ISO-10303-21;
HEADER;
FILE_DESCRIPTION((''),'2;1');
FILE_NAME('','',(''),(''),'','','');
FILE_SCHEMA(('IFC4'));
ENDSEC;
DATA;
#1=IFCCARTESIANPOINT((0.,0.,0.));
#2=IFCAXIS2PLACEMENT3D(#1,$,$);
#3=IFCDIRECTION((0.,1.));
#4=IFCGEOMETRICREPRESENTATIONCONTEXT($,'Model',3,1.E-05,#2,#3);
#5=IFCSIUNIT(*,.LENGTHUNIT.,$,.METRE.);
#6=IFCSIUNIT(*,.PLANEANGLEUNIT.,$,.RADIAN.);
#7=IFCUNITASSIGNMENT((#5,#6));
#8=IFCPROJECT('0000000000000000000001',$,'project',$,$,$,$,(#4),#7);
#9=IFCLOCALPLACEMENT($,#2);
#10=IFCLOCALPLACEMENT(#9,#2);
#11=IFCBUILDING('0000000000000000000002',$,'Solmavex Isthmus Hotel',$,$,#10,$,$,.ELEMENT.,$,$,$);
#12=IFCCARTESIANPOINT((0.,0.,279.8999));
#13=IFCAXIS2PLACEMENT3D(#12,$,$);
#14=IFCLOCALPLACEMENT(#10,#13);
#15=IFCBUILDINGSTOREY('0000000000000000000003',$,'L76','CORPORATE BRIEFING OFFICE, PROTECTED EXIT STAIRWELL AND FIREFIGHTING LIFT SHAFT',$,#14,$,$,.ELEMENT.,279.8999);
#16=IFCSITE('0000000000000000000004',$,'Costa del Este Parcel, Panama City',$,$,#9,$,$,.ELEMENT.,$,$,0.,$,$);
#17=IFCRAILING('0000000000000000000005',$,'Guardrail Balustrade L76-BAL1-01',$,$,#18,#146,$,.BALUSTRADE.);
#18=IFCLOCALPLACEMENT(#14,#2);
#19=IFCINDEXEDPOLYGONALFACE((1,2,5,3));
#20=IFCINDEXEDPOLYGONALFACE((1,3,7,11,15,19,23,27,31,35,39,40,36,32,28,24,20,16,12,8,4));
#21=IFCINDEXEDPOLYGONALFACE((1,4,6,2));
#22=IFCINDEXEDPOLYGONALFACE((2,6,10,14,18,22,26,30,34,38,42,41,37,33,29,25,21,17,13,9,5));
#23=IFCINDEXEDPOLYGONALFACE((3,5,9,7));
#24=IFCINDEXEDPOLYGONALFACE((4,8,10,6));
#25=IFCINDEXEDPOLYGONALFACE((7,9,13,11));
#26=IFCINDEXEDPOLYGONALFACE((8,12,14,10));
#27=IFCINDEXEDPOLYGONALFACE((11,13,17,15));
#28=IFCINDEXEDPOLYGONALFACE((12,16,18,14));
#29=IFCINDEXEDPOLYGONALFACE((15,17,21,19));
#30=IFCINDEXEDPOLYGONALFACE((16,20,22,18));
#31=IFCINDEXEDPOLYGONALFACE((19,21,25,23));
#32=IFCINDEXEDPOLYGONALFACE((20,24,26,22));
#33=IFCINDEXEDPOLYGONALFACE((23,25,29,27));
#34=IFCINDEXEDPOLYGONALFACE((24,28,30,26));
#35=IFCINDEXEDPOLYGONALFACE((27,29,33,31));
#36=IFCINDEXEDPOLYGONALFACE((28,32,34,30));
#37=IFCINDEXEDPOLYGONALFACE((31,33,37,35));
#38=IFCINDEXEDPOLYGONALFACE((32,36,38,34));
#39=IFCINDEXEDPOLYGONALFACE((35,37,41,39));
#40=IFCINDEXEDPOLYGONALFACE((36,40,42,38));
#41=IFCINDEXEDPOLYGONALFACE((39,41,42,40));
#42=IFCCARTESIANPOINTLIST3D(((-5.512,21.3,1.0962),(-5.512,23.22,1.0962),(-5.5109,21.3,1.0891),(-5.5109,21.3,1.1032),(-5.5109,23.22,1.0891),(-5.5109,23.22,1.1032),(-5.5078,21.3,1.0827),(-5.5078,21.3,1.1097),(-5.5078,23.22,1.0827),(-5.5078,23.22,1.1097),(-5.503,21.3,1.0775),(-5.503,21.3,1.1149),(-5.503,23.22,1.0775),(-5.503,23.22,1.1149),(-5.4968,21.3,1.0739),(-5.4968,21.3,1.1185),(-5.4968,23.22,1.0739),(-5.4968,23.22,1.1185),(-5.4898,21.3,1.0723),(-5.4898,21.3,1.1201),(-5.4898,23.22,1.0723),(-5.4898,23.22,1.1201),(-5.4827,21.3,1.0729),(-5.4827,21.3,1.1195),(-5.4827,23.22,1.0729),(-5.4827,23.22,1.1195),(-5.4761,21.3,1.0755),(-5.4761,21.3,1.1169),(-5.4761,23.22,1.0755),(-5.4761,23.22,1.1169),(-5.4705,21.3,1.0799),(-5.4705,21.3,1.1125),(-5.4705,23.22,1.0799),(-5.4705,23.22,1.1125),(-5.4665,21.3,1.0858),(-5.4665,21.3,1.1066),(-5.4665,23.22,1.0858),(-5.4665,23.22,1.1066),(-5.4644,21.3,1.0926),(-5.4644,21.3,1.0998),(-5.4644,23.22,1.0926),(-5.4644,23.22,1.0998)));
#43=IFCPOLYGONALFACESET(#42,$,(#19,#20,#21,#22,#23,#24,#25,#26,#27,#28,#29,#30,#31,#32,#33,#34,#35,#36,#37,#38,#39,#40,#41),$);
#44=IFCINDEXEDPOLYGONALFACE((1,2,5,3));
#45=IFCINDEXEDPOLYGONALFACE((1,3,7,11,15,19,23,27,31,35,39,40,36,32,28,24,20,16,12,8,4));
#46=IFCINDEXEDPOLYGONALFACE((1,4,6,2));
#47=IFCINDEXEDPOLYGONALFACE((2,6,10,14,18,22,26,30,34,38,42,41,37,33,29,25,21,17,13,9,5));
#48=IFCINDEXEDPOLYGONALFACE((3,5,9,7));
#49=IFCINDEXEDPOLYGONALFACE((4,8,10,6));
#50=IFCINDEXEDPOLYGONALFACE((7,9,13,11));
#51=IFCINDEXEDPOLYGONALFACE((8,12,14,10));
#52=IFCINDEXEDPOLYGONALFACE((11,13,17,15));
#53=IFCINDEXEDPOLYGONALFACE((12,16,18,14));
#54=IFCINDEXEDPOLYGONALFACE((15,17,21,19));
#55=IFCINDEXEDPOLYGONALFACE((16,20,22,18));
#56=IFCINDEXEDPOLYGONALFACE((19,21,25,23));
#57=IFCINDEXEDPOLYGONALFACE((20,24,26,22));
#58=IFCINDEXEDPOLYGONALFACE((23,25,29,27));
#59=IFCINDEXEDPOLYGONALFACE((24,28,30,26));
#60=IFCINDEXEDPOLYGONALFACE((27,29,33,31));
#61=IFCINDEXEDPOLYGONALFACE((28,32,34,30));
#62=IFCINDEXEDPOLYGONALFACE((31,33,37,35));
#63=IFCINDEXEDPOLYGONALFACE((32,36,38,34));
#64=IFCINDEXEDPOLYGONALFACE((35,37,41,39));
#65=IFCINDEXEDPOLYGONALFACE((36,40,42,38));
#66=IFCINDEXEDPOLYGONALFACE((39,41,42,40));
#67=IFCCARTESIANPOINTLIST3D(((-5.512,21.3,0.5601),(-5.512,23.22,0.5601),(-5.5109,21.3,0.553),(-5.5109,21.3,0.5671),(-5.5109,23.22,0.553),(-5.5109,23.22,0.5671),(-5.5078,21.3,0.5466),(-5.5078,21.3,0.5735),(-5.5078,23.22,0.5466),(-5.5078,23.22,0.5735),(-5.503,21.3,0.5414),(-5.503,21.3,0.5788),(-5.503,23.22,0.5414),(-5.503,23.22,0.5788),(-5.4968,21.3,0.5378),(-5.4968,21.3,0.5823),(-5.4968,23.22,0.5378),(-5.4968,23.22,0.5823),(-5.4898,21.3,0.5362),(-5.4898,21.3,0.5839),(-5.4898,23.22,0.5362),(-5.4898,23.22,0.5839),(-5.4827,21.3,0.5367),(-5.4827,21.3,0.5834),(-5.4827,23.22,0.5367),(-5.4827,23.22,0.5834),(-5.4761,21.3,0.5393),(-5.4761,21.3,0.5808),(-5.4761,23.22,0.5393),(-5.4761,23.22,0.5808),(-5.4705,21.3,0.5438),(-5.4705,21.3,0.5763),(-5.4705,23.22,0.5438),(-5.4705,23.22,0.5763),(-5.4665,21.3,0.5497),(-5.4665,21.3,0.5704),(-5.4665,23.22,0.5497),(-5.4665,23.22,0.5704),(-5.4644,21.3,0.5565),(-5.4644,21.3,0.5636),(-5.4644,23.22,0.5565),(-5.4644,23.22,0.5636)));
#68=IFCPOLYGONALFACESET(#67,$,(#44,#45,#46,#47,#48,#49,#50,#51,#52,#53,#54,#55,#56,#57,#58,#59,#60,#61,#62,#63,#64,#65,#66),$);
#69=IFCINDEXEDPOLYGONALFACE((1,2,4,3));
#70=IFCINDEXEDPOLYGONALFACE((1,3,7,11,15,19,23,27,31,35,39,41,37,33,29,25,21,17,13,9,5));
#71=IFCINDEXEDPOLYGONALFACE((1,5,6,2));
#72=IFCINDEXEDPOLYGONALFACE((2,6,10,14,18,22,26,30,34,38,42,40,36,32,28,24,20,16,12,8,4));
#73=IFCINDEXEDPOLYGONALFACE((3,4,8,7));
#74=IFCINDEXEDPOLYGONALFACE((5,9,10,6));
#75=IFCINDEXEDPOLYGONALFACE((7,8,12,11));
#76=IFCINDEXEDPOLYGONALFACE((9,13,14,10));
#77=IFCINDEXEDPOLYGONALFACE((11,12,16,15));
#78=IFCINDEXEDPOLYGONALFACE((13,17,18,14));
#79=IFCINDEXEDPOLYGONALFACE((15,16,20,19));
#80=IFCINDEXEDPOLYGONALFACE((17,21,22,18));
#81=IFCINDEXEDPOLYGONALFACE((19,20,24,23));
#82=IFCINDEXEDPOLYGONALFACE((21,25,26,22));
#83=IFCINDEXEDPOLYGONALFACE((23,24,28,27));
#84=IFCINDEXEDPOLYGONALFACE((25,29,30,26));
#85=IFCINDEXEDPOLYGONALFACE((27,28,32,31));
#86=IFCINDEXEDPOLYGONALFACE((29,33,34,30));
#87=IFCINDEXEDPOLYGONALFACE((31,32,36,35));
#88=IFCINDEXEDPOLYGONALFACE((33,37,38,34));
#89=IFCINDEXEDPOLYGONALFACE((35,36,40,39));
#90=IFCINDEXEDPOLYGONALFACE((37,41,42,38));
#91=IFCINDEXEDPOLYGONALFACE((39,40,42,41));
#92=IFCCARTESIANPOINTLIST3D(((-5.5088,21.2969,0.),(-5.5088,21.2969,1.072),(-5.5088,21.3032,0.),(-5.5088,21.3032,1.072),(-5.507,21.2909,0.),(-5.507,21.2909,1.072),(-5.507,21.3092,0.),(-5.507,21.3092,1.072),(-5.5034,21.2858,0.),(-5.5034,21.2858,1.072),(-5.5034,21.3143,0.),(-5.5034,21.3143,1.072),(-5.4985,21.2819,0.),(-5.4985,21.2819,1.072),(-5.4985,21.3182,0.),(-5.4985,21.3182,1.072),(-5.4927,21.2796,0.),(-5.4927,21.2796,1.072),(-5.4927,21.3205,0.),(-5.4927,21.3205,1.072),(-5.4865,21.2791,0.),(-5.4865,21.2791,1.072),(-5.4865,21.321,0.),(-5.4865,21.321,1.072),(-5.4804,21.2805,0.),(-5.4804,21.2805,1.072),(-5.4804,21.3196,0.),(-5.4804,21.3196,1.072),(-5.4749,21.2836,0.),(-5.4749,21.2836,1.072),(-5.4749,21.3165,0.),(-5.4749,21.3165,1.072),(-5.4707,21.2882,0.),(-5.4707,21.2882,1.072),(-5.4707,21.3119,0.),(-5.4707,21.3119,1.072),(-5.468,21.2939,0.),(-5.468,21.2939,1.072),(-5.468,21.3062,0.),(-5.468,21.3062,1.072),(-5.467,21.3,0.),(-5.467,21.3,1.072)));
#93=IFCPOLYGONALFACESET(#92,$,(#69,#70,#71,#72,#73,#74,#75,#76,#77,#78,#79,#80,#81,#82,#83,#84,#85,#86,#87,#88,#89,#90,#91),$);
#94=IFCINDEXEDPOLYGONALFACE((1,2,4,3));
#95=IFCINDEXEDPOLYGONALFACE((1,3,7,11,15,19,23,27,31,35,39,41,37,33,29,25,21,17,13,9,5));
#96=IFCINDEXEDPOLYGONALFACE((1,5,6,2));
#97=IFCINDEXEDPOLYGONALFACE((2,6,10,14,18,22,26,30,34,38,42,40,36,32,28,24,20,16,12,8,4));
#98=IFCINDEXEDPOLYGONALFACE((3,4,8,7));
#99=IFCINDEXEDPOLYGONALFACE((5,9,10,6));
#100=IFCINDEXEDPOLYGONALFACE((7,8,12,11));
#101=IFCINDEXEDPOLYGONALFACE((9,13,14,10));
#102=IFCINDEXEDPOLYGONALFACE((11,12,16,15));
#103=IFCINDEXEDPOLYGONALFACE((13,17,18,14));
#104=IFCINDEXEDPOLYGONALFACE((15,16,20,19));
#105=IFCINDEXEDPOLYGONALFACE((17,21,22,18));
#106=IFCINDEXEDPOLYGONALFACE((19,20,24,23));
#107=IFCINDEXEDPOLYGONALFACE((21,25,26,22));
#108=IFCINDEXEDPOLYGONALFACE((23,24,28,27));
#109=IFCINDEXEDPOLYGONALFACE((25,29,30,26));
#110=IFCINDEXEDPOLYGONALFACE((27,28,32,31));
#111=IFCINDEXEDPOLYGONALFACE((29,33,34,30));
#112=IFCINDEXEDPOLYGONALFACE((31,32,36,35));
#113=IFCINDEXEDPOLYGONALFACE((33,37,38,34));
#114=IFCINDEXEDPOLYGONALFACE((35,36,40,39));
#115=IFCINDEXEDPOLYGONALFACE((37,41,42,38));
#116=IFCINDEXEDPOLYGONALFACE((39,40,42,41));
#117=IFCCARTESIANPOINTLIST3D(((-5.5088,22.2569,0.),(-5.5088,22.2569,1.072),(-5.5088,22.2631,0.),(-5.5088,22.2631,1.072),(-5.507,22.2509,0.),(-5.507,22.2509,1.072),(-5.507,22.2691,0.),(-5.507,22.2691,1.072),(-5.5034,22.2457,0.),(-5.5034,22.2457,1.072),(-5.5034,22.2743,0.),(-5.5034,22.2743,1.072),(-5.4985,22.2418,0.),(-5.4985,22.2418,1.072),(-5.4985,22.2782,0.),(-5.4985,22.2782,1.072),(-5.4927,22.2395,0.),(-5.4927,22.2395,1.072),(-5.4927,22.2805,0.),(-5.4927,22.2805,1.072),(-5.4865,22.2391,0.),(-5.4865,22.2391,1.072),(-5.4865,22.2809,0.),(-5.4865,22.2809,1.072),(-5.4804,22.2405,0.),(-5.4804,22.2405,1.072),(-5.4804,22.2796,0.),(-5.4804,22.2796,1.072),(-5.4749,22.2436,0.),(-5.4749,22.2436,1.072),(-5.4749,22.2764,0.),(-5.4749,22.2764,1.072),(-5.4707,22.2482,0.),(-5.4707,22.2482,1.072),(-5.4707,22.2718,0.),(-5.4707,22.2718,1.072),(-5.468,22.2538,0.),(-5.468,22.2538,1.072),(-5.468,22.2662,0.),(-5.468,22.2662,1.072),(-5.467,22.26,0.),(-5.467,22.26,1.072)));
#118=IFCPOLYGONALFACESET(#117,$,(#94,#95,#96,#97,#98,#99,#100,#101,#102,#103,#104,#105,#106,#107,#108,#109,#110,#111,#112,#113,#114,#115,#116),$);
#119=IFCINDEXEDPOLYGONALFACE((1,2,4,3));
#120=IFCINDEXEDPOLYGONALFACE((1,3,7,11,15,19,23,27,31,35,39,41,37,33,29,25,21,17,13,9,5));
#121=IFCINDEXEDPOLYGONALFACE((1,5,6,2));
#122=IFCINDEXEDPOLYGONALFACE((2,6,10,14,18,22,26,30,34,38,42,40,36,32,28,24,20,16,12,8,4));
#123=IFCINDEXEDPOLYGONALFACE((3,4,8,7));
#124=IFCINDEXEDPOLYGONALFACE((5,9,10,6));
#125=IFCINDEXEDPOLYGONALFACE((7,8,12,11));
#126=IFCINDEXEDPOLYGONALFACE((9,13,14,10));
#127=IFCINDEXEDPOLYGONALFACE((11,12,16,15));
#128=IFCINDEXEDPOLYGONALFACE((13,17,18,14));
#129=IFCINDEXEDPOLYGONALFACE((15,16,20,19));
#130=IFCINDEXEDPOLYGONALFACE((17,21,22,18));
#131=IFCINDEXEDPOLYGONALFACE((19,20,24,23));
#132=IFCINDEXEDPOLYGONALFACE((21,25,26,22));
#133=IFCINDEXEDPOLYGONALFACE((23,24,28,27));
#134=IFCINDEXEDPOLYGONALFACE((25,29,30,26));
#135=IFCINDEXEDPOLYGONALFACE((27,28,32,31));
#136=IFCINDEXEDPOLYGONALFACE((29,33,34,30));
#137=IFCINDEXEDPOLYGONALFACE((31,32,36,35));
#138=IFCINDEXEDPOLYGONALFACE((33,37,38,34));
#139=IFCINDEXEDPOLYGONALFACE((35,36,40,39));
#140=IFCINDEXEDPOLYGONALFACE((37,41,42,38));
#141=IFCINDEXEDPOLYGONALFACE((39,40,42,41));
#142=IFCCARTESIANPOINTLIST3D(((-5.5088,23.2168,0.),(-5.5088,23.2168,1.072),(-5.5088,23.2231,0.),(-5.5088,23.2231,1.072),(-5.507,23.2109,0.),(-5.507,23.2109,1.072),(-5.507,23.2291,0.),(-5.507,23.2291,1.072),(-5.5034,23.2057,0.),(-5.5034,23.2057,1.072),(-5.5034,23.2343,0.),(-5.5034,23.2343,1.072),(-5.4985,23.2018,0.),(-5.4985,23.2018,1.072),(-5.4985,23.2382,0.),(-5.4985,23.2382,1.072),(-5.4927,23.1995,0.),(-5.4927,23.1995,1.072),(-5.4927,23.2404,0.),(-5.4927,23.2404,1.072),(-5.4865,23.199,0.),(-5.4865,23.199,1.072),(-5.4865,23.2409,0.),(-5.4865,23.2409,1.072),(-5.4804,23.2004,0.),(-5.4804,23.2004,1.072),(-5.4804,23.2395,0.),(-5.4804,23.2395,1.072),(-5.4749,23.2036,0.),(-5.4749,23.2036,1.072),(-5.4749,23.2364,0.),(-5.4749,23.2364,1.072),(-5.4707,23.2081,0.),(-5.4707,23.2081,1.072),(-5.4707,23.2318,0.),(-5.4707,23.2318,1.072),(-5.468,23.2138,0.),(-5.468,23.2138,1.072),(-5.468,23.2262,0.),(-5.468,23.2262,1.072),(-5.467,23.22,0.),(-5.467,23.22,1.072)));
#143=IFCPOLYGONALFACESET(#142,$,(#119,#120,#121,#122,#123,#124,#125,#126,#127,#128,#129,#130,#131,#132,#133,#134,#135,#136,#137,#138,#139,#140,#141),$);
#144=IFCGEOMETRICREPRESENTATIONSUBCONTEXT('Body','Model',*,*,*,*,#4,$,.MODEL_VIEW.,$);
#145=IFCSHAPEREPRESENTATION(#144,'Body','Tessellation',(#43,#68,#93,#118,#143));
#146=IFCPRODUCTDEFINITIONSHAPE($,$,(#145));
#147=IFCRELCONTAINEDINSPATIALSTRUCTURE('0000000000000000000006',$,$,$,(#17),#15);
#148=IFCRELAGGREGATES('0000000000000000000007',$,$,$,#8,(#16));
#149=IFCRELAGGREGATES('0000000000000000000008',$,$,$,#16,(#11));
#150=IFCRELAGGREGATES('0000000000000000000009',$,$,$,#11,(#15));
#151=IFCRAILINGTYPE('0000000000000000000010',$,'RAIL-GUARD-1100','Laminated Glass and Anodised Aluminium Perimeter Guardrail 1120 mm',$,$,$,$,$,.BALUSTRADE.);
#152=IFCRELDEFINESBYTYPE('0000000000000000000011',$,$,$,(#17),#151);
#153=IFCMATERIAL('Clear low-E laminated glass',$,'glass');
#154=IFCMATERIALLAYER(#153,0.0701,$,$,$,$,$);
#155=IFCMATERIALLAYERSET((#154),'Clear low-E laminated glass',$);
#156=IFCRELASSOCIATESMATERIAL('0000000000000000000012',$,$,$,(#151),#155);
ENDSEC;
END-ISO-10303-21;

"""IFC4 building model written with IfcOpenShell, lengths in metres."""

from ifc_helpers import new_model, si_unit, direction, frame, origin, origin_2d, place, context, subcontext, project, spatial, circle, extrude, material, layer, layer_set, type_object, element, save


model = new_model("IFC4")

# Units and contexts
model_context = context("Model", 3, precision=1e-05, world=origin(), true_north=direction((0.0, 1.0)))
body_context = subcontext(model_context, "Body", "Model", "MODEL_VIEW")
ifc_project = project(units=[si_unit("LENGTHUNIT", "METRE"), si_unit("PLANEANGLEUNIT", "RADIAN")], contexts=[model_context])

# Site, building, storey
site_placement = place(None, origin())
site = spatial("IfcSite", under=ifc_project, at=site_placement, Name="Costa del Este Parcel, Panama City", CompositionType="ELEMENT", RefElevation=0.0)
building_placement = place(site_placement, origin())
building = spatial("IfcBuilding", under=site, at=building_placement, Name="Solmavex Isthmus Hotel", CompositionType="ELEMENT")
storey_placement = place(building_placement, frame((0.0, 0.0, 279.8999)))
storey = spatial("IfcBuildingStorey", under=building, at=storey_placement, Name="L76", Description="CORPORATE BRIEFING OFFICE, PROTECTED EXIT STAIRWELL AND FIREFIGHTING LIFT SHAFT", CompositionType="ELEMENT", Elevation=279.8999)

# Shared definitions
ifc_material_1 = material(Name="Clear low-E laminated glass", Category="glass")

# Railing
ifc_layer_1 = layer(ifc_material_1, 0.0701)
ifc_layer_set_1 = layer_set([ifc_layer_1], Name="Clear low-E laminated glass")
railing_type = type_object("IfcRailingType", Name="RAIL-GUARD-1100", Description="Laminated Glass and Anodised Aluminium Perimeter Guardrail 1120 mm", PredefinedType="BALUSTRADE", material=ifc_layer_set_1)
railing_1_placement = place(storey_placement, frame((-5.488, 21.3, 0.0)))
element("IfcRailing", 1, at=railing_1_placement, inside=storey, type_object=railing_type, Name="Guardrail Balustrade L76-BAL1-01", PredefinedType="BALUSTRADE", context=body_context, shape_type="SweptSolid", body=[
    extrude(circle(Radius=0.0239, at=origin_2d()), frame((0.0, 0.0, 1.0962), z_axis=(0.0, 1.0, 0.0), x_axis=(-1.0, 0.0, 0.0)), (0.0, 0.0, 1.0), 1.9199),
    extrude(circle(Radius=0.0239, at=origin_2d()), frame((0.0, 0.0, 0.5601), z_axis=(0.0, 1.0, 0.0), x_axis=(-1.0, 0.0, 0.0)), (0.0, 0.0, 1.0), 1.9199),
    extrude(circle(Radius=0.021, at=origin_2d()), origin(), (0.0, 0.0, 1.0), 1.072),
    extrude(circle(Radius=0.021, at=origin_2d()), frame((0.0, 0.96, 0.0)), (0.0, 0.0, 1.0), 1.072),
    extrude(circle(Radius=0.021, at=origin_2d()), frame((0.0, 1.9199, 0.0)), (0.0, 0.0, 1.0), 1.072),
])

save(model, "model.ifc")
